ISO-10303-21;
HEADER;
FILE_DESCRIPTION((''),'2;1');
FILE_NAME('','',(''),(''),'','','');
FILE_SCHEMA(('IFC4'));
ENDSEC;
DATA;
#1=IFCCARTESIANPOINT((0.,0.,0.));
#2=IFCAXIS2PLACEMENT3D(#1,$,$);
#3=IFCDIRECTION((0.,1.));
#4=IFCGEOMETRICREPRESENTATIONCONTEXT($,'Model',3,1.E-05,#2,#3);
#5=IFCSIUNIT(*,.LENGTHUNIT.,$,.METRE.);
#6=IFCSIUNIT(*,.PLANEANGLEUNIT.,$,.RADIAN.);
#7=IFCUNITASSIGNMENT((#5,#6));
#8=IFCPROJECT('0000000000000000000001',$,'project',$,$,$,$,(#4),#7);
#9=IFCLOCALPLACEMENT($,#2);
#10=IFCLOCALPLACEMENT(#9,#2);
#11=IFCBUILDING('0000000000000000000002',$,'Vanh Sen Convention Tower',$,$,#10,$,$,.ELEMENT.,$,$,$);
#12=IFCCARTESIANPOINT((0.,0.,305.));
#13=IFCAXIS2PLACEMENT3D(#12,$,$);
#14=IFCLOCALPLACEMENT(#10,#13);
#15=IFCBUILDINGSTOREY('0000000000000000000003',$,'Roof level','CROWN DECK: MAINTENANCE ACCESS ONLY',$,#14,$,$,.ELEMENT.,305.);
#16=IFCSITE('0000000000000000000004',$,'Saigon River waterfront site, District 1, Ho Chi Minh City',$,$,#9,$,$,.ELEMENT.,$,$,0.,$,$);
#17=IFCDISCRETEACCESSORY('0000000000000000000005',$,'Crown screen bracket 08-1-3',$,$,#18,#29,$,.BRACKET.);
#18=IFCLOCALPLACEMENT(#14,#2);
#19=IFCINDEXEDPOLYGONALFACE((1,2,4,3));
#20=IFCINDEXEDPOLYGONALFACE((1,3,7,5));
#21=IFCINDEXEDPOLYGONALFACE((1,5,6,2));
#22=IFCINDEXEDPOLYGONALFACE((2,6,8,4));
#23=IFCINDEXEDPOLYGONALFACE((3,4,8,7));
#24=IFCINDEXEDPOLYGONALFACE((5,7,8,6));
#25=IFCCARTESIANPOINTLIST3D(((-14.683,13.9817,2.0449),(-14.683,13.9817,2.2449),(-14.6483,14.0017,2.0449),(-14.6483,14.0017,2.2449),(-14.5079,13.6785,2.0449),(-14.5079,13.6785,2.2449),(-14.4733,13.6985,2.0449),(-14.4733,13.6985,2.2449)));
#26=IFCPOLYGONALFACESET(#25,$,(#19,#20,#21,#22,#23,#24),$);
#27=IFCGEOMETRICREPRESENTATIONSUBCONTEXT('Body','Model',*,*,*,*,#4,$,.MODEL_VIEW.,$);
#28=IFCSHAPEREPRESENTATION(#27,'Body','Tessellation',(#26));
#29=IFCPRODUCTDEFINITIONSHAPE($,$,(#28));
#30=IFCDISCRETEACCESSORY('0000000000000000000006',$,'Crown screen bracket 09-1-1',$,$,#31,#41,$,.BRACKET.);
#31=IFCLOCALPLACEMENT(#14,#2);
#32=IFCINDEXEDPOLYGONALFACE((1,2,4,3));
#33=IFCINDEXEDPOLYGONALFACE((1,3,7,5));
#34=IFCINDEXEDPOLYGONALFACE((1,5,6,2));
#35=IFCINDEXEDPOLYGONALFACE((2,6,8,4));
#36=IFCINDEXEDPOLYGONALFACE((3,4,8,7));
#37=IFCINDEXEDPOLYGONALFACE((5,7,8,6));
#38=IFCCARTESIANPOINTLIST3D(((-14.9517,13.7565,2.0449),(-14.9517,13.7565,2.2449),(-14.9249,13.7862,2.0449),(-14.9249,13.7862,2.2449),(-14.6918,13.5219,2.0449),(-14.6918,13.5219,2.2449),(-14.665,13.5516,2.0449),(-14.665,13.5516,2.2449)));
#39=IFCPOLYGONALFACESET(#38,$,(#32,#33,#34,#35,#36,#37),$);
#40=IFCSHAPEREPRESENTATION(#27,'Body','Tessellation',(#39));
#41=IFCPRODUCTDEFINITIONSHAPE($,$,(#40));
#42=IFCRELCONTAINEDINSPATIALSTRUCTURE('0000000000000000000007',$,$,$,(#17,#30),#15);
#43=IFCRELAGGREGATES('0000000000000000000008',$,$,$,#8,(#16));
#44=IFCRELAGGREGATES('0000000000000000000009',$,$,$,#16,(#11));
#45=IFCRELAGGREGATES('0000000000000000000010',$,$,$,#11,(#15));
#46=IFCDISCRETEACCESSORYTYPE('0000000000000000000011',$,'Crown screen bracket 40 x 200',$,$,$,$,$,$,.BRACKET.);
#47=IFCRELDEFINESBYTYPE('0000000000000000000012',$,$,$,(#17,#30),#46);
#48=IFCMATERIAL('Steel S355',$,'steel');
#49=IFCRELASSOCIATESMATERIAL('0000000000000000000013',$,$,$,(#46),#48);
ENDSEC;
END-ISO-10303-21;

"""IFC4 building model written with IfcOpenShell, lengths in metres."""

from ifc_helpers import new_model, si_unit, direction, frame, origin, origin_2d, place, context, subcontext, project, spatial, rectangle, extrude, material, type_object, element, save


model = new_model("IFC4")

# Units and contexts
model_context = context("Model", 3, precision=1e-05, world=origin(), true_north=direction((0.0, 1.0)))
body_context = subcontext(model_context, "Body", "Model", "MODEL_VIEW")
ifc_project = project(units=[si_unit("LENGTHUNIT", "METRE"), si_unit("PLANEANGLEUNIT", "RADIAN")], contexts=[model_context])

# Site, building, storey
site_placement = place(None, origin())
site = spatial("IfcSite", under=ifc_project, at=site_placement, Name="Saigon River waterfront site, District 1, Ho Chi Minh City", CompositionType="ELEMENT", RefElevation=0.0)
building_placement = place(site_placement, origin())
building = spatial("IfcBuilding", under=site, at=building_placement, Name="Vanh Sen Convention Tower", CompositionType="ELEMENT")
storey_placement = place(building_placement, frame((0.0, 0.0, 305.0)))
storey = spatial("IfcBuildingStorey", under=building, at=storey_placement, Name="Roof level", Description="CROWN DECK: MAINTENANCE ACCESS ONLY", CompositionType="ELEMENT", Elevation=305.0)

# Discrete accessories
ifc_material_1 = material(Name="Steel S355", Category="steel")
discrete_accessory_type_1 = type_object("IfcDiscreteAccessoryType", Name="Crown screen bracket 40 x 200", PredefinedType="BRACKET", material=ifc_material_1)
for number, where, z_axis, x_axis, name in (
    (1, (-14.5781, 13.8401, 2.0449), (0.0, 0.0, 1.0), (-0.500005, 0.866023, 0.0), "Crown screen bracket 08-1-3"),
    (2, (-14.8083, 13.6541, 2.0449), (0.0, 0.0, 1.0), (-0.742232, 0.670143, 0.0), "Crown screen bracket 09-1-1"),
):
    element("IfcDiscreteAccessory", number, at=place(storey_placement, frame(where, z_axis=z_axis, x_axis=x_axis)), inside=storey, type_object=discrete_accessory_type_1, Name=name, PredefinedType="BRACKET", context=body_context, shape_type="SweptSolid", body=[
        extrude(rectangle(XDim=0.3501, YDim=0.04, at=origin_2d()), origin(), (0.0, 0.0, 1.0), 0.2),
    ])

save(model, "model.ifc")
